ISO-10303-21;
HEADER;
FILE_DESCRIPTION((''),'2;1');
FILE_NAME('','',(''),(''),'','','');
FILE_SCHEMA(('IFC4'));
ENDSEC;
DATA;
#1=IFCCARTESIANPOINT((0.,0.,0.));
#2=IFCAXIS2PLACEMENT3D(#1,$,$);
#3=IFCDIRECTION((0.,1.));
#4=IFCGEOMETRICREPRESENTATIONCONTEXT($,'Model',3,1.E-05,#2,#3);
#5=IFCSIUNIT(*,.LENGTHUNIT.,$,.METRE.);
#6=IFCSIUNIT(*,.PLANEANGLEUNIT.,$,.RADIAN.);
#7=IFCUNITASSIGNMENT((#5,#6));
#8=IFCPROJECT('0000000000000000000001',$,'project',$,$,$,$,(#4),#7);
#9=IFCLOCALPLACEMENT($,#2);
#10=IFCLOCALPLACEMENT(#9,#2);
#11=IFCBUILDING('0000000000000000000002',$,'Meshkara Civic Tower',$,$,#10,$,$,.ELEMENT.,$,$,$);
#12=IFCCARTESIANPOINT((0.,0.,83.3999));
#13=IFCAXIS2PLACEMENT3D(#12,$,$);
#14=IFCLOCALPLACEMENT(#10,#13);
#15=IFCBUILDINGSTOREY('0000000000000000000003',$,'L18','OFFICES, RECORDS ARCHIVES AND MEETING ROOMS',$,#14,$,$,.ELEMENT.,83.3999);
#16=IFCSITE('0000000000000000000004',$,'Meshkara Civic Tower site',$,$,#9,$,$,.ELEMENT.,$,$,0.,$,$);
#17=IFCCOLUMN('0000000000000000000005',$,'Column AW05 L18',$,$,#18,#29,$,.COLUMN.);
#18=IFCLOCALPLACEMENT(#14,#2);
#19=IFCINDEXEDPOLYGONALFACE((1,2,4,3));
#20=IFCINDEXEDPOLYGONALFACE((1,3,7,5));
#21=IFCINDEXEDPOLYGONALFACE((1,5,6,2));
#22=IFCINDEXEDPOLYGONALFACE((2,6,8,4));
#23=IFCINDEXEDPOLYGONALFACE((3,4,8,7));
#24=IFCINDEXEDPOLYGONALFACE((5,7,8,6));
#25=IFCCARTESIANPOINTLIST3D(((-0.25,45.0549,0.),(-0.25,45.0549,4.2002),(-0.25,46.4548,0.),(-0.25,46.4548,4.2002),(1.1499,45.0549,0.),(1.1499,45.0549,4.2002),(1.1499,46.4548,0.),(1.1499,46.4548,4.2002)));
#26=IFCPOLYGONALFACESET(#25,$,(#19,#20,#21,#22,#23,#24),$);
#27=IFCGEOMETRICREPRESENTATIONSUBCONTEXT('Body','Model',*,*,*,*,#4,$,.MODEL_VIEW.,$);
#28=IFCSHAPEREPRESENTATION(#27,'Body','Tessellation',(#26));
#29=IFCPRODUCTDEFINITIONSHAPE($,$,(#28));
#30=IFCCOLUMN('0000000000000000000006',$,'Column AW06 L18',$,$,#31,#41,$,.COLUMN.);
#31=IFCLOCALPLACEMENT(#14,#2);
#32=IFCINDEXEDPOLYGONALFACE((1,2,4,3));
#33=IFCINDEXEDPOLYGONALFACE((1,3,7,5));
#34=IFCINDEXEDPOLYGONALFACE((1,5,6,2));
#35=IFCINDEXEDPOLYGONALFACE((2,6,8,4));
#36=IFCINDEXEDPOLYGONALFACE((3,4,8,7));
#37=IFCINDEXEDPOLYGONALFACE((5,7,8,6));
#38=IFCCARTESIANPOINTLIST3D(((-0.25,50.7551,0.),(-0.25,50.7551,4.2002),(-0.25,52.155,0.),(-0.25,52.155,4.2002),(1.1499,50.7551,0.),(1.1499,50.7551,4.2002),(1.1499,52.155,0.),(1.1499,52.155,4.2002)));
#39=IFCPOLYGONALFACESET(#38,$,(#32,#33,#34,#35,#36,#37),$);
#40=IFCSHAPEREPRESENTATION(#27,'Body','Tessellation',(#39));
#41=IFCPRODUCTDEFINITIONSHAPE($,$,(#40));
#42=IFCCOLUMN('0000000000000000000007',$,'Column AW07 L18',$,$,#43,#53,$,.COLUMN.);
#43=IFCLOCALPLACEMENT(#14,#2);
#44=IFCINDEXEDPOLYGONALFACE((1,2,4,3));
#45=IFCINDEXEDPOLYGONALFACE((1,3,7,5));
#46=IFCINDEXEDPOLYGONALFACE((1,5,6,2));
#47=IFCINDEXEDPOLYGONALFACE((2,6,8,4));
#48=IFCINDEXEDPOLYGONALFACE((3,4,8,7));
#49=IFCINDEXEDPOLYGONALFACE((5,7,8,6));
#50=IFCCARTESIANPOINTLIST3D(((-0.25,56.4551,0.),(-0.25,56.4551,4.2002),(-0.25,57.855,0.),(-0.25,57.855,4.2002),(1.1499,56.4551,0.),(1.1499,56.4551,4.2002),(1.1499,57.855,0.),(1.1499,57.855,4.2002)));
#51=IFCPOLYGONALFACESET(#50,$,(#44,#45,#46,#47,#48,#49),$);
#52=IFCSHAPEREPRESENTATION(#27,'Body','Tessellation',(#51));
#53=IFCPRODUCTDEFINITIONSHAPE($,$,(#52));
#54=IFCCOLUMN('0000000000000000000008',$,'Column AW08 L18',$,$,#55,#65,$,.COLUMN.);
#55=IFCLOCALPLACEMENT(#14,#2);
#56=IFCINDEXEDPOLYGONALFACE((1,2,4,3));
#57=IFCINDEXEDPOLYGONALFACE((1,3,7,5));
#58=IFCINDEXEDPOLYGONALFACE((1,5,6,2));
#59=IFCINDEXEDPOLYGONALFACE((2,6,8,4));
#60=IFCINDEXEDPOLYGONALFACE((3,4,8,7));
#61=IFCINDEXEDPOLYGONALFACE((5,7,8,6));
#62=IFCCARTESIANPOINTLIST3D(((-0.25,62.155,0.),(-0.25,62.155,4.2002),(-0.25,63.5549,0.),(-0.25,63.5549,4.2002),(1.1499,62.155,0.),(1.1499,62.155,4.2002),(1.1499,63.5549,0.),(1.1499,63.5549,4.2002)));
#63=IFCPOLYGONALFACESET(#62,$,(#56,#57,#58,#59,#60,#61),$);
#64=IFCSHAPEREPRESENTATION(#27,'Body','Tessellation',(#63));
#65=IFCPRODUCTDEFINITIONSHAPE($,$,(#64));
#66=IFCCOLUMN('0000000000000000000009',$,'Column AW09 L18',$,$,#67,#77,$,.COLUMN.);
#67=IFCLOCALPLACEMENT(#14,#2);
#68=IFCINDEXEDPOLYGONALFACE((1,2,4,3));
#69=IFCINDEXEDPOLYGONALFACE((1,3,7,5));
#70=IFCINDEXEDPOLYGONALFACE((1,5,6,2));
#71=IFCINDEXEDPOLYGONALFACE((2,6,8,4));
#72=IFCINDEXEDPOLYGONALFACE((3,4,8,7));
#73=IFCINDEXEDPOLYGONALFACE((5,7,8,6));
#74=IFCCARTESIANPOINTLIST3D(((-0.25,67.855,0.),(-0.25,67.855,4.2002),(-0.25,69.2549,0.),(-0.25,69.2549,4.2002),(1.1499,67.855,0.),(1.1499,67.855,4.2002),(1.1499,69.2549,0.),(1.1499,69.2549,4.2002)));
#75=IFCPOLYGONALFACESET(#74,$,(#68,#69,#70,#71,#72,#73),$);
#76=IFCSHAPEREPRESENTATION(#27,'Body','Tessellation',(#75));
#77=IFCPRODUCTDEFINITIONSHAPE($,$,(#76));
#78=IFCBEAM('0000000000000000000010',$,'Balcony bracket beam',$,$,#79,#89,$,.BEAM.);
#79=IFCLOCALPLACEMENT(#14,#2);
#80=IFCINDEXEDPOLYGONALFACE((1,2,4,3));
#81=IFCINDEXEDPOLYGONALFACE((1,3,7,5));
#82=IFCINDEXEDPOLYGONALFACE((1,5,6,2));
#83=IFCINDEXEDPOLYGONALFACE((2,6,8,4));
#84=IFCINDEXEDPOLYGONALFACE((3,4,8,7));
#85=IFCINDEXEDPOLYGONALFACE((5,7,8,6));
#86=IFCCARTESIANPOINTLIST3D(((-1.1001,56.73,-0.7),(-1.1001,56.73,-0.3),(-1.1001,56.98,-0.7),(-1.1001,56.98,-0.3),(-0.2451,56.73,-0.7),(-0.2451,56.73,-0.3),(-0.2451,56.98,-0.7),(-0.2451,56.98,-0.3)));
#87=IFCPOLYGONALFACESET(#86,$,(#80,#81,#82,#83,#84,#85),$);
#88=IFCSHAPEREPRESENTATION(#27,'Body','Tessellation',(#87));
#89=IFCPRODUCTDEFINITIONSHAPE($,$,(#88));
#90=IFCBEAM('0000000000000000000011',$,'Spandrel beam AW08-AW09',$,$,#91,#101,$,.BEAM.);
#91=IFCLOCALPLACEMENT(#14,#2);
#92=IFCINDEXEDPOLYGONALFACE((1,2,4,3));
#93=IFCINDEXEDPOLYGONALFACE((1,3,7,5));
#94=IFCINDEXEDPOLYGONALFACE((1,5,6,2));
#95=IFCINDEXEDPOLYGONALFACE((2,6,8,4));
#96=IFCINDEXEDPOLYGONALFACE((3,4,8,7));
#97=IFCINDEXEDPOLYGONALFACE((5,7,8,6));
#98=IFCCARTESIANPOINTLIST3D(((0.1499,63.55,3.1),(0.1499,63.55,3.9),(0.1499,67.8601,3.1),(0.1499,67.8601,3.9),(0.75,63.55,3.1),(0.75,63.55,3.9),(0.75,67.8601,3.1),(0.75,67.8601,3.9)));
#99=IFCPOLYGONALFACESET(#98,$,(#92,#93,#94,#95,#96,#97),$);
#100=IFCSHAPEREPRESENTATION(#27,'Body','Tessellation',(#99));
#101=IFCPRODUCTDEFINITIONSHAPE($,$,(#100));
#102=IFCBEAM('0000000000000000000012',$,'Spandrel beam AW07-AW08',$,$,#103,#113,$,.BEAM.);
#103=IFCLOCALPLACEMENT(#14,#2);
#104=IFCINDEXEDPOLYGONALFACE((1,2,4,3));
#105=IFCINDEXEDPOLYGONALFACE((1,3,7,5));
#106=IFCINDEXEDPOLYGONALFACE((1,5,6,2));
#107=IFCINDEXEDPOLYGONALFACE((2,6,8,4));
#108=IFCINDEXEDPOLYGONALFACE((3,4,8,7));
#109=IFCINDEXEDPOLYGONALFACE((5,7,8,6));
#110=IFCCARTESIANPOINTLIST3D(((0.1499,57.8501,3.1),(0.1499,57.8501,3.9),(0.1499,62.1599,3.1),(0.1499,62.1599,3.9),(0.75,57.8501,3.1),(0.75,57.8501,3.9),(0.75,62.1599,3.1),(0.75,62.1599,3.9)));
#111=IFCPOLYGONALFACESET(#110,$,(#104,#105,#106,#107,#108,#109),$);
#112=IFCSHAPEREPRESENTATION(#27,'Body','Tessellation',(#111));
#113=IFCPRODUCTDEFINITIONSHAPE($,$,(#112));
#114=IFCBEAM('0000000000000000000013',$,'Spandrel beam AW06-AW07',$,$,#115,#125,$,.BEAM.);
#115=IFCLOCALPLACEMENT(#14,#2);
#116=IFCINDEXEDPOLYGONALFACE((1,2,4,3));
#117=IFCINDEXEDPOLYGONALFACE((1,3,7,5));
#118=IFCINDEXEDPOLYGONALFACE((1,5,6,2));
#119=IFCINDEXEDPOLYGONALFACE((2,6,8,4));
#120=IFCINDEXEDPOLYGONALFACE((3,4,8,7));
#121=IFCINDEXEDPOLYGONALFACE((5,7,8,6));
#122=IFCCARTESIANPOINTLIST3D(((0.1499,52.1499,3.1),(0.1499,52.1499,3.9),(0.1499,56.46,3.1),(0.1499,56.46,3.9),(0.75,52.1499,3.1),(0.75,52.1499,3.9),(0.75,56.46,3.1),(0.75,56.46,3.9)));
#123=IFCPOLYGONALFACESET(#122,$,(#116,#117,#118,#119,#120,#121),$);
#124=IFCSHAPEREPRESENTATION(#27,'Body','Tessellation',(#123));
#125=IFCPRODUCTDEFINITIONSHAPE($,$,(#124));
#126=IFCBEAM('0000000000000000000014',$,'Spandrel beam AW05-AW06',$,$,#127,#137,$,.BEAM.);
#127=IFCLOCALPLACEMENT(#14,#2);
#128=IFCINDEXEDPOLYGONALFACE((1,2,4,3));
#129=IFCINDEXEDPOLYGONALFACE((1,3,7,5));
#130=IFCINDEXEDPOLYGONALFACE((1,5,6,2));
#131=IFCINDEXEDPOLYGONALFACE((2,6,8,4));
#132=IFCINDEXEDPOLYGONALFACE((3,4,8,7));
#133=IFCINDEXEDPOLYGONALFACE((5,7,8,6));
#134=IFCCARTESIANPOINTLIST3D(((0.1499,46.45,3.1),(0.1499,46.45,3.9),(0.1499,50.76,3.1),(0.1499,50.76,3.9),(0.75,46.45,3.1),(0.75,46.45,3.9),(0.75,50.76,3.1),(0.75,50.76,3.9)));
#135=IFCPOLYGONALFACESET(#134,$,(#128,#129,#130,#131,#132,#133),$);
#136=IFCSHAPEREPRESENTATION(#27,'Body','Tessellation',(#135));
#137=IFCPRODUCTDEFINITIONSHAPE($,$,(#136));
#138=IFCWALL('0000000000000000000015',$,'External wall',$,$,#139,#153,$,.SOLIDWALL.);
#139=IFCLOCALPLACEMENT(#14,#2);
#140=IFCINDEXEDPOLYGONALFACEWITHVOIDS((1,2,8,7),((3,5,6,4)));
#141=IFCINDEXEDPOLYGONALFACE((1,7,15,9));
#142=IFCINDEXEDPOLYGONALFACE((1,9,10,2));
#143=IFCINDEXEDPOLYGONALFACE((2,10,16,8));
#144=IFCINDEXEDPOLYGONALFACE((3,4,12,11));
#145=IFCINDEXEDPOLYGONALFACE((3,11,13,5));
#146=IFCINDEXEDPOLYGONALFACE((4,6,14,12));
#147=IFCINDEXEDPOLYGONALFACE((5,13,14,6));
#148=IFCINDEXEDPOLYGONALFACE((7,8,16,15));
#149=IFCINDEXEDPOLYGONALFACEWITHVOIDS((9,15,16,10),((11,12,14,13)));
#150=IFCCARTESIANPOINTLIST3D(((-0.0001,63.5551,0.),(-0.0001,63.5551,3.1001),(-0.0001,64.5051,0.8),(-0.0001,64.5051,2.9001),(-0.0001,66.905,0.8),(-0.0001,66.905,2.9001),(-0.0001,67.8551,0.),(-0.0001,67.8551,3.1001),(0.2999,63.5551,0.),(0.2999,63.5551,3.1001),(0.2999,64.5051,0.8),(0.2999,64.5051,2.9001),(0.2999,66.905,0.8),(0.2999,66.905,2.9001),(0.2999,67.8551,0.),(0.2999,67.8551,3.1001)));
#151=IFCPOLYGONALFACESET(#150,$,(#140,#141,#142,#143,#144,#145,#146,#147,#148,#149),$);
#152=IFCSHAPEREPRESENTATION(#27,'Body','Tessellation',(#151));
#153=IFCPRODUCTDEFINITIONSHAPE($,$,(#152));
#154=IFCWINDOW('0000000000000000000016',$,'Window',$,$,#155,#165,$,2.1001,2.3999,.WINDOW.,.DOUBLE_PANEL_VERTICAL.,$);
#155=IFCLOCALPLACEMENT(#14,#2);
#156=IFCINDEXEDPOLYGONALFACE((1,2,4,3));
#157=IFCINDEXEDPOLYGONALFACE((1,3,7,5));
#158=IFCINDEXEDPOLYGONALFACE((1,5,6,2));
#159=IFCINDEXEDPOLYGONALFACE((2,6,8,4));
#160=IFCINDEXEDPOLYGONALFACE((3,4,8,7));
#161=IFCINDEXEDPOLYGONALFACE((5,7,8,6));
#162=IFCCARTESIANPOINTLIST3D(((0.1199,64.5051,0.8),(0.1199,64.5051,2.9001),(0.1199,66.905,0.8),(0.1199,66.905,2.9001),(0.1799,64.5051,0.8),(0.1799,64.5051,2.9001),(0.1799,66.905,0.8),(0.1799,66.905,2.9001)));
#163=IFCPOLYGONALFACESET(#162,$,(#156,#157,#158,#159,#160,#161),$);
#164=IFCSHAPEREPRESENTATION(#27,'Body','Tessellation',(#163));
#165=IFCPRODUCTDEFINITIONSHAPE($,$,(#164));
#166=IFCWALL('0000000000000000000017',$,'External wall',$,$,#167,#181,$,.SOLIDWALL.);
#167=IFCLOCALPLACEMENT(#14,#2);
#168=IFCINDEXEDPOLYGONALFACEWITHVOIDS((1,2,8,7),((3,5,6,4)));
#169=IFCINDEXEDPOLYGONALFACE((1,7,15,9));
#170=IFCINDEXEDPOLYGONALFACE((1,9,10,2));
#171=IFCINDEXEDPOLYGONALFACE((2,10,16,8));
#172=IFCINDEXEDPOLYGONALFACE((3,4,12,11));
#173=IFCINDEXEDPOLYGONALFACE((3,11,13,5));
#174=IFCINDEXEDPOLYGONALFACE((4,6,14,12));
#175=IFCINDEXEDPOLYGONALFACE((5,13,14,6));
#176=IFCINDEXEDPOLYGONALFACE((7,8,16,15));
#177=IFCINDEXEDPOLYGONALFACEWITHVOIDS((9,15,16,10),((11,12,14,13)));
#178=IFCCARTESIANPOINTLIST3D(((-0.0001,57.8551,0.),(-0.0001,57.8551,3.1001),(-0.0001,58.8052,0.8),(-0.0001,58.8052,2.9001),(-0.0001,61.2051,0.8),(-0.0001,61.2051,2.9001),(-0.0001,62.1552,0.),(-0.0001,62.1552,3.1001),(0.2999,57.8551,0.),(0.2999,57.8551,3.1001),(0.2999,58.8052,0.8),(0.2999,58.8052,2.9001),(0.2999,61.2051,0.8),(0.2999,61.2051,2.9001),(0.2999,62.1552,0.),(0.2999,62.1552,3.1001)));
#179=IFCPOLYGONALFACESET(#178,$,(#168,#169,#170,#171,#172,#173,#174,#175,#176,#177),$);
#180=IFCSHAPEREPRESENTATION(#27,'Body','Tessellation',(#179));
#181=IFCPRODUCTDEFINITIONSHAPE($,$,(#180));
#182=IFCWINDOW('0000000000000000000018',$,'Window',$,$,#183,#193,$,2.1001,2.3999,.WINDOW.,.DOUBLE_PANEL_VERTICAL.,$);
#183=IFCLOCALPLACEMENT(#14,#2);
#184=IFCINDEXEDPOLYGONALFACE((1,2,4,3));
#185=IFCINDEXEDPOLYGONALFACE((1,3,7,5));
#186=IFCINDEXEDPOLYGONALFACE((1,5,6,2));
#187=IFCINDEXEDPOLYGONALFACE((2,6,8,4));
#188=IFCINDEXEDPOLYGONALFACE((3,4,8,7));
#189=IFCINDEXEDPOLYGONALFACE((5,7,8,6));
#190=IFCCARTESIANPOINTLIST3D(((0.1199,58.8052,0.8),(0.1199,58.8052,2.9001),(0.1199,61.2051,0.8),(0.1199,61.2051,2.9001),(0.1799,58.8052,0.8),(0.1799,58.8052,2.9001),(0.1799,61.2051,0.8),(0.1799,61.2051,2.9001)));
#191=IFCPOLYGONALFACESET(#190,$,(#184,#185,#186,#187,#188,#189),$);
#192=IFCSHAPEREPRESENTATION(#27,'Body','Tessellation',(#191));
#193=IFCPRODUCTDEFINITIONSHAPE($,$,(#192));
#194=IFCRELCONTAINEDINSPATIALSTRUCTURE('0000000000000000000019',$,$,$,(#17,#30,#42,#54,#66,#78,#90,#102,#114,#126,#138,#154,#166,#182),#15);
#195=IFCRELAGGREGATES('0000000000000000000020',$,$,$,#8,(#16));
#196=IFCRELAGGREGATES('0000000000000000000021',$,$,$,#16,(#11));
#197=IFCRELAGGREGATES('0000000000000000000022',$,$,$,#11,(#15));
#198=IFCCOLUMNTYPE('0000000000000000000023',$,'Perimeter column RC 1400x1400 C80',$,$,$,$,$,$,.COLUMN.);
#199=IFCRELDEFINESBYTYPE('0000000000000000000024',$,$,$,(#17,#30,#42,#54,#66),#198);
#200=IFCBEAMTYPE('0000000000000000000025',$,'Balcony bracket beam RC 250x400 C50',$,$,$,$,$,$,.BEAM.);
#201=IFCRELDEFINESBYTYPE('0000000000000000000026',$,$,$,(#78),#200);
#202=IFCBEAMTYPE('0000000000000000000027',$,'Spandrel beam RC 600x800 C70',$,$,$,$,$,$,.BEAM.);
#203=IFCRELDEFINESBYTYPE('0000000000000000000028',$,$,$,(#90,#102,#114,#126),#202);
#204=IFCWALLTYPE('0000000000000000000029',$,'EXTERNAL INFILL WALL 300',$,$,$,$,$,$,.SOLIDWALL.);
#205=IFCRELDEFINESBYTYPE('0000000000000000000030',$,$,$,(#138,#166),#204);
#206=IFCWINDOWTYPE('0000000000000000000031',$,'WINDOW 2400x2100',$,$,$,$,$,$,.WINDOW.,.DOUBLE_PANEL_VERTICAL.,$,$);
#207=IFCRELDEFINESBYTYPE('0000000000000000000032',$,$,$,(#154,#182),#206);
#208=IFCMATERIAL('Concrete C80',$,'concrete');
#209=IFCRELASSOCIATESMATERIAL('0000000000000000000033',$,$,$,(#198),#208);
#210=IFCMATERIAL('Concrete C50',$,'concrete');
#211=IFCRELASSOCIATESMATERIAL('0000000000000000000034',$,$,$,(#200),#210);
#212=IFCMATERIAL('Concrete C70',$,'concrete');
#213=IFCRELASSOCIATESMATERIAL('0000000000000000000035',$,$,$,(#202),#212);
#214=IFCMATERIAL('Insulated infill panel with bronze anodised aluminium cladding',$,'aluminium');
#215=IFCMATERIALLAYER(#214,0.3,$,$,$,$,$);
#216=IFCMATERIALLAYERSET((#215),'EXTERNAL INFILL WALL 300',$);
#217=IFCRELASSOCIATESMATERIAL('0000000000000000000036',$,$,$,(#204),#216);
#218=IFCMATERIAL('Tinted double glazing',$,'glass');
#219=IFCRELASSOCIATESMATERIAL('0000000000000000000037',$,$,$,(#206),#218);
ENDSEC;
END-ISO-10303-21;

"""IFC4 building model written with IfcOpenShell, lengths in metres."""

from ifc_helpers import new_model, si_unit, direction, frame, frame_2d, origin, origin_2d, place, context, subcontext, project, spatial, rectangle, extrude, material, layer, layer_set, material_profile, profile_set, type_object, element, fill, save


model = new_model("IFC4")

# Units and contexts
model_context = context("Model", 3, precision=1e-05, world=origin(), true_north=direction((0.0, 1.0)))
body_context = subcontext(model_context, "Body", "Model", "MODEL_VIEW")
ifc_project = project(units=[si_unit("LENGTHUNIT", "METRE"), si_unit("PLANEANGLEUNIT", "RADIAN")], contexts=[model_context])

# Site, building, storey
site_placement = place(None, origin())
site = spatial("IfcSite", under=ifc_project, at=site_placement, Name="Meshkara Civic Tower site", CompositionType="ELEMENT", RefElevation=0.0)
building_placement = place(site_placement, origin())
building = spatial("IfcBuilding", under=site, at=building_placement, Name="Meshkara Civic Tower", CompositionType="ELEMENT")
storey_placement = place(building_placement, frame((0.0, 0.0, 83.3999)))
storey = spatial("IfcBuildingStorey", under=building, at=storey_placement, Name="L18", Description="OFFICES, RECORDS ARCHIVES AND MEETING ROOMS", CompositionType="ELEMENT", Elevation=83.3999)

# Columns
ifc_material_1 = material(Name="Concrete C80", Category="concrete")
ifc_material_profile_1 = material_profile(ifc_material_1, rectangle(XDim=1.3999, YDim=1.3999, at=origin_2d()))
ifc_profile_set_1 = profile_set([ifc_material_profile_1], Name="Concrete C80")
column_type = type_object("IfcColumnType", Name="Perimeter column RC 1400x1400 C80", PredefinedType="COLUMN", material=ifc_profile_set_1)
for number, where, z_axis, x_axis, name in (
    (1, (0.45, 45.7549, 0.0), (0.0, 0.0, 1.0), (1.0, 0.0, 0.0), "Column AW05 L18"),
    (2, (0.45, 51.4551, 0.0), (0.0, 0.0, 1.0), (1.0, 0.0, 0.0), "Column AW06 L18"),
    (3, (0.45, 57.155, 0.0), (0.0, 0.0, 1.0), (1.0, 0.0, 0.0), "Column AW07 L18"),
    (4, (0.45, 62.855, 0.0), (0.0, 0.0, 1.0), (1.0, 0.0, 0.0), "Column AW08 L18"),
    (5, (0.45, 68.5549, 0.0), (0.0, 0.0, 1.0), (1.0, 0.0, 0.0), "Column AW09 L18"),
):
    element("IfcColumn", number, at=place(storey_placement, frame(where, z_axis=z_axis, x_axis=x_axis)), inside=storey, type_object=column_type, Name=name, PredefinedType="COLUMN", context=body_context, shape_type="SweptSolid", body=[
        extrude(rectangle(XDim=1.3999, YDim=1.3999, at=origin_2d()), origin(), (0.0, 0.0, 1.0), 4.2002),
    ])

# Beams
ifc_material_2 = material(Name="Concrete C50", Category="concrete")
ifc_material_profile_2 = material_profile(ifc_material_2, rectangle(XDim=0.25, YDim=0.3999, at=origin_2d()))
ifc_profile_set_2 = profile_set([ifc_material_profile_2], Name="Concrete C50")
beam_type_1 = type_object("IfcBeamType", Name="Balcony bracket beam RC 250x400 C50", PredefinedType="BEAM", material=ifc_profile_set_2)
beam_1_placement = place(storey_placement, frame((-0.2451, 56.855, -0.5), z_axis=(-1.0, 0.0, 0.0), x_axis=(0.0, -1.0, 0.0)))
element("IfcBeam", 6, at=beam_1_placement, inside=storey, type_object=beam_type_1, Name="Balcony bracket beam", PredefinedType="BEAM", context=body_context, shape_type="SweptSolid", body=[
    extrude(rectangle(XDim=0.25, YDim=0.3999, at=origin_2d()), origin(), (0.0, 0.0, 1.0), 0.855),
])
ifc_material_3 = material(Name="Concrete C70", Category="concrete")
ifc_material_profile_3 = material_profile(ifc_material_3, rectangle(XDim=0.6001, YDim=0.8, at=origin_2d()))
ifc_profile_set_3 = profile_set([ifc_material_profile_3], Name="Concrete C70")
beam_type_2 = type_object("IfcBeamType", Name="Spandrel beam RC 600x800 C70", PredefinedType="BEAM", material=ifc_profile_set_3)
beam_2_placement = place(storey_placement, frame((0.45, 67.8601, 3.5), z_axis=(0.0, -1.0, 0.0), x_axis=(1.0, 0.0, 0.0)))
element("IfcBeam", 7, at=beam_2_placement, inside=storey, type_object=beam_type_2, Name="Spandrel beam AW08-AW09", PredefinedType="BEAM", context=body_context, shape_type="SweptSolid", body=[
    extrude(rectangle(XDim=0.6001, YDim=0.8, at=origin_2d()), origin(), (0.0, 0.0, 1.0), 4.3101),
])
beam_3_placement = place(storey_placement, frame((0.45, 62.1599, 3.5), z_axis=(0.0, -1.0, 0.0), x_axis=(1.0, 0.0, 0.0)))
element("IfcBeam", 8, at=beam_3_placement, inside=storey, type_object=beam_type_2, Name="Spandrel beam AW07-AW08", PredefinedType="BEAM", context=body_context, shape_type="SweptSolid", body=[
    extrude(rectangle(XDim=0.6001, YDim=0.8, at=origin_2d()), origin(), (0.0, 0.0, 1.0), 4.3098),
])
for number, where, z_axis, x_axis, name in (
    (9, (0.45, 56.46, 3.5), (0.0, -1.0, 0.0), (1.0, 0.0, 0.0), "Spandrel beam AW06-AW07"),
    (10, (0.45, 50.76, 3.5), (0.0, -1.0, 0.0), (1.0, 0.0, 0.0), "Spandrel beam AW05-AW06"),
):
    element("IfcBeam", number, at=place(storey_placement, frame(where, z_axis=z_axis, x_axis=x_axis)), inside=storey, type_object=beam_type_2, Name=name, PredefinedType="BEAM", context=body_context, shape_type="SweptSolid", body=[
        extrude(rectangle(XDim=0.6001, YDim=0.8, at=origin_2d()), origin(), (0.0, 0.0, 1.0), 4.3101),
    ])

# Walls, openings, windows
ifc_material_4 = material(Name="Insulated infill panel with bronze anodised aluminium cladding", Category="aluminium")
ifc_layer_1 = layer(ifc_material_4, 0.3)
ifc_layer_set_1 = layer_set([ifc_layer_1], Name="EXTERNAL INFILL WALL 300")
wall_type_1 = type_object("IfcWallType", Name="EXTERNAL INFILL WALL 300", PredefinedType="SOLIDWALL", material=ifc_layer_set_1)
wall_1_placement = place(storey_placement, frame((0.1499, 67.855, 0.0), z_axis=(0.0, 0.0, 1.0), x_axis=(0.0, -1.0, 0.0)))
wall_1 = element("IfcWall", 11, at=wall_1_placement, inside=storey, type_object=wall_type_1, Name="External wall", PredefinedType="SOLIDWALL", context=body_context, shape_type="SweptSolid", body=[
    extrude(rectangle(XDim=4.3, YDim=0.3, at=frame_2d((2.1499, 0.0))), origin(), (0.0, 0.0, 1.0), 3.1001),
])
opening_1_placement = place(wall_1_placement, frame((0.95, 0.0, 0.8)))
opening_1 = element("IfcOpeningElement", 12, at=opening_1_placement, cuts=wall_1, PredefinedType="OPENING", context=body_context, shape_type="SweptSolid", body=[
    extrude(rectangle(XDim=2.3999, YDim=2.1001, at=frame_2d((1.2, 1.05))), frame((0.0, 0.1599, 0.0), z_axis=(0.0, -1.0, 0.0), x_axis=(1.0, 0.0, 0.0)), (0.0, 0.0, 1.0), 0.3201),
])
ifc_material_5 = material(Name="Tinted double glazing", Category="glass")
window_type = type_object("IfcWindowType", Name="WINDOW 2400x2100", PartitioningType="DOUBLE_PANEL_VERTICAL", PredefinedType="WINDOW", material=ifc_material_5)
window_1_placement = place(opening_1_placement, origin())
window_1 = element("IfcWindow", 13, at=window_1_placement, inside=storey, type_object=window_type, Name="Window", OverallHeight=2.1001, OverallWidth=2.3999, PartitioningType="DOUBLE_PANEL_VERTICAL", PredefinedType="WINDOW", context=body_context, shape_type="SweptSolid", body=[
    extrude(rectangle(XDim=2.3999, YDim=2.1001, at=frame_2d((1.2, 1.05))), frame((0.0, 0.03, 0.0), z_axis=(0.0, -1.0, 0.0), x_axis=(1.0, 0.0, 0.0)), (0.0, 0.0, 1.0), 0.0601),
])
fill(opening_1, window_1)
wall_2_placement = place(storey_placement, frame((0.1499, 62.155, 0.0), z_axis=(0.0, 0.0, 1.0), x_axis=(0.0, -1.0, 0.0)))
wall_2 = element("IfcWall", 14, at=wall_2_placement, inside=storey, type_object=wall_type_1, Name="External wall", PredefinedType="SOLIDWALL", context=body_context, shape_type="SweptSolid", body=[
    extrude(rectangle(XDim=4.3, YDim=0.3, at=frame_2d((2.1499, 0.0))), origin(), (0.0, 0.0, 1.0), 3.1001),
])
opening_2_placement = place(wall_2_placement, frame((0.95, 0.0, 0.8)))
opening_2 = element("IfcOpeningElement", 15, at=opening_2_placement, cuts=wall_2, PredefinedType="OPENING", context=body_context, shape_type="SweptSolid", body=[
    extrude(rectangle(XDim=2.3999, YDim=2.1001, at=frame_2d((1.2, 1.05))), frame((0.0, 0.1599, 0.0), z_axis=(0.0, -1.0, 0.0), x_axis=(1.0, 0.0, 0.0)), (0.0, 0.0, 1.0), 0.3201),
])
window_2_placement = place(opening_2_placement, origin())
window_2 = element("IfcWindow", 16, at=window_2_placement, inside=storey, type_object=window_type, Name="Window", OverallHeight=2.1001, OverallWidth=2.3999, PartitioningType="DOUBLE_PANEL_VERTICAL", PredefinedType="WINDOW", context=body_context, shape_type="SweptSolid", body=[
    extrude(rectangle(XDim=2.3999, YDim=2.1001, at=frame_2d((1.2, 1.05))), frame((0.0, 0.03, 0.0), z_axis=(0.0, -1.0, 0.0), x_axis=(1.0, 0.0, 0.0)), (0.0, 0.0, 1.0), 0.0601),
])
fill(opening_2, window_2)

save(model, "model.ifc")
